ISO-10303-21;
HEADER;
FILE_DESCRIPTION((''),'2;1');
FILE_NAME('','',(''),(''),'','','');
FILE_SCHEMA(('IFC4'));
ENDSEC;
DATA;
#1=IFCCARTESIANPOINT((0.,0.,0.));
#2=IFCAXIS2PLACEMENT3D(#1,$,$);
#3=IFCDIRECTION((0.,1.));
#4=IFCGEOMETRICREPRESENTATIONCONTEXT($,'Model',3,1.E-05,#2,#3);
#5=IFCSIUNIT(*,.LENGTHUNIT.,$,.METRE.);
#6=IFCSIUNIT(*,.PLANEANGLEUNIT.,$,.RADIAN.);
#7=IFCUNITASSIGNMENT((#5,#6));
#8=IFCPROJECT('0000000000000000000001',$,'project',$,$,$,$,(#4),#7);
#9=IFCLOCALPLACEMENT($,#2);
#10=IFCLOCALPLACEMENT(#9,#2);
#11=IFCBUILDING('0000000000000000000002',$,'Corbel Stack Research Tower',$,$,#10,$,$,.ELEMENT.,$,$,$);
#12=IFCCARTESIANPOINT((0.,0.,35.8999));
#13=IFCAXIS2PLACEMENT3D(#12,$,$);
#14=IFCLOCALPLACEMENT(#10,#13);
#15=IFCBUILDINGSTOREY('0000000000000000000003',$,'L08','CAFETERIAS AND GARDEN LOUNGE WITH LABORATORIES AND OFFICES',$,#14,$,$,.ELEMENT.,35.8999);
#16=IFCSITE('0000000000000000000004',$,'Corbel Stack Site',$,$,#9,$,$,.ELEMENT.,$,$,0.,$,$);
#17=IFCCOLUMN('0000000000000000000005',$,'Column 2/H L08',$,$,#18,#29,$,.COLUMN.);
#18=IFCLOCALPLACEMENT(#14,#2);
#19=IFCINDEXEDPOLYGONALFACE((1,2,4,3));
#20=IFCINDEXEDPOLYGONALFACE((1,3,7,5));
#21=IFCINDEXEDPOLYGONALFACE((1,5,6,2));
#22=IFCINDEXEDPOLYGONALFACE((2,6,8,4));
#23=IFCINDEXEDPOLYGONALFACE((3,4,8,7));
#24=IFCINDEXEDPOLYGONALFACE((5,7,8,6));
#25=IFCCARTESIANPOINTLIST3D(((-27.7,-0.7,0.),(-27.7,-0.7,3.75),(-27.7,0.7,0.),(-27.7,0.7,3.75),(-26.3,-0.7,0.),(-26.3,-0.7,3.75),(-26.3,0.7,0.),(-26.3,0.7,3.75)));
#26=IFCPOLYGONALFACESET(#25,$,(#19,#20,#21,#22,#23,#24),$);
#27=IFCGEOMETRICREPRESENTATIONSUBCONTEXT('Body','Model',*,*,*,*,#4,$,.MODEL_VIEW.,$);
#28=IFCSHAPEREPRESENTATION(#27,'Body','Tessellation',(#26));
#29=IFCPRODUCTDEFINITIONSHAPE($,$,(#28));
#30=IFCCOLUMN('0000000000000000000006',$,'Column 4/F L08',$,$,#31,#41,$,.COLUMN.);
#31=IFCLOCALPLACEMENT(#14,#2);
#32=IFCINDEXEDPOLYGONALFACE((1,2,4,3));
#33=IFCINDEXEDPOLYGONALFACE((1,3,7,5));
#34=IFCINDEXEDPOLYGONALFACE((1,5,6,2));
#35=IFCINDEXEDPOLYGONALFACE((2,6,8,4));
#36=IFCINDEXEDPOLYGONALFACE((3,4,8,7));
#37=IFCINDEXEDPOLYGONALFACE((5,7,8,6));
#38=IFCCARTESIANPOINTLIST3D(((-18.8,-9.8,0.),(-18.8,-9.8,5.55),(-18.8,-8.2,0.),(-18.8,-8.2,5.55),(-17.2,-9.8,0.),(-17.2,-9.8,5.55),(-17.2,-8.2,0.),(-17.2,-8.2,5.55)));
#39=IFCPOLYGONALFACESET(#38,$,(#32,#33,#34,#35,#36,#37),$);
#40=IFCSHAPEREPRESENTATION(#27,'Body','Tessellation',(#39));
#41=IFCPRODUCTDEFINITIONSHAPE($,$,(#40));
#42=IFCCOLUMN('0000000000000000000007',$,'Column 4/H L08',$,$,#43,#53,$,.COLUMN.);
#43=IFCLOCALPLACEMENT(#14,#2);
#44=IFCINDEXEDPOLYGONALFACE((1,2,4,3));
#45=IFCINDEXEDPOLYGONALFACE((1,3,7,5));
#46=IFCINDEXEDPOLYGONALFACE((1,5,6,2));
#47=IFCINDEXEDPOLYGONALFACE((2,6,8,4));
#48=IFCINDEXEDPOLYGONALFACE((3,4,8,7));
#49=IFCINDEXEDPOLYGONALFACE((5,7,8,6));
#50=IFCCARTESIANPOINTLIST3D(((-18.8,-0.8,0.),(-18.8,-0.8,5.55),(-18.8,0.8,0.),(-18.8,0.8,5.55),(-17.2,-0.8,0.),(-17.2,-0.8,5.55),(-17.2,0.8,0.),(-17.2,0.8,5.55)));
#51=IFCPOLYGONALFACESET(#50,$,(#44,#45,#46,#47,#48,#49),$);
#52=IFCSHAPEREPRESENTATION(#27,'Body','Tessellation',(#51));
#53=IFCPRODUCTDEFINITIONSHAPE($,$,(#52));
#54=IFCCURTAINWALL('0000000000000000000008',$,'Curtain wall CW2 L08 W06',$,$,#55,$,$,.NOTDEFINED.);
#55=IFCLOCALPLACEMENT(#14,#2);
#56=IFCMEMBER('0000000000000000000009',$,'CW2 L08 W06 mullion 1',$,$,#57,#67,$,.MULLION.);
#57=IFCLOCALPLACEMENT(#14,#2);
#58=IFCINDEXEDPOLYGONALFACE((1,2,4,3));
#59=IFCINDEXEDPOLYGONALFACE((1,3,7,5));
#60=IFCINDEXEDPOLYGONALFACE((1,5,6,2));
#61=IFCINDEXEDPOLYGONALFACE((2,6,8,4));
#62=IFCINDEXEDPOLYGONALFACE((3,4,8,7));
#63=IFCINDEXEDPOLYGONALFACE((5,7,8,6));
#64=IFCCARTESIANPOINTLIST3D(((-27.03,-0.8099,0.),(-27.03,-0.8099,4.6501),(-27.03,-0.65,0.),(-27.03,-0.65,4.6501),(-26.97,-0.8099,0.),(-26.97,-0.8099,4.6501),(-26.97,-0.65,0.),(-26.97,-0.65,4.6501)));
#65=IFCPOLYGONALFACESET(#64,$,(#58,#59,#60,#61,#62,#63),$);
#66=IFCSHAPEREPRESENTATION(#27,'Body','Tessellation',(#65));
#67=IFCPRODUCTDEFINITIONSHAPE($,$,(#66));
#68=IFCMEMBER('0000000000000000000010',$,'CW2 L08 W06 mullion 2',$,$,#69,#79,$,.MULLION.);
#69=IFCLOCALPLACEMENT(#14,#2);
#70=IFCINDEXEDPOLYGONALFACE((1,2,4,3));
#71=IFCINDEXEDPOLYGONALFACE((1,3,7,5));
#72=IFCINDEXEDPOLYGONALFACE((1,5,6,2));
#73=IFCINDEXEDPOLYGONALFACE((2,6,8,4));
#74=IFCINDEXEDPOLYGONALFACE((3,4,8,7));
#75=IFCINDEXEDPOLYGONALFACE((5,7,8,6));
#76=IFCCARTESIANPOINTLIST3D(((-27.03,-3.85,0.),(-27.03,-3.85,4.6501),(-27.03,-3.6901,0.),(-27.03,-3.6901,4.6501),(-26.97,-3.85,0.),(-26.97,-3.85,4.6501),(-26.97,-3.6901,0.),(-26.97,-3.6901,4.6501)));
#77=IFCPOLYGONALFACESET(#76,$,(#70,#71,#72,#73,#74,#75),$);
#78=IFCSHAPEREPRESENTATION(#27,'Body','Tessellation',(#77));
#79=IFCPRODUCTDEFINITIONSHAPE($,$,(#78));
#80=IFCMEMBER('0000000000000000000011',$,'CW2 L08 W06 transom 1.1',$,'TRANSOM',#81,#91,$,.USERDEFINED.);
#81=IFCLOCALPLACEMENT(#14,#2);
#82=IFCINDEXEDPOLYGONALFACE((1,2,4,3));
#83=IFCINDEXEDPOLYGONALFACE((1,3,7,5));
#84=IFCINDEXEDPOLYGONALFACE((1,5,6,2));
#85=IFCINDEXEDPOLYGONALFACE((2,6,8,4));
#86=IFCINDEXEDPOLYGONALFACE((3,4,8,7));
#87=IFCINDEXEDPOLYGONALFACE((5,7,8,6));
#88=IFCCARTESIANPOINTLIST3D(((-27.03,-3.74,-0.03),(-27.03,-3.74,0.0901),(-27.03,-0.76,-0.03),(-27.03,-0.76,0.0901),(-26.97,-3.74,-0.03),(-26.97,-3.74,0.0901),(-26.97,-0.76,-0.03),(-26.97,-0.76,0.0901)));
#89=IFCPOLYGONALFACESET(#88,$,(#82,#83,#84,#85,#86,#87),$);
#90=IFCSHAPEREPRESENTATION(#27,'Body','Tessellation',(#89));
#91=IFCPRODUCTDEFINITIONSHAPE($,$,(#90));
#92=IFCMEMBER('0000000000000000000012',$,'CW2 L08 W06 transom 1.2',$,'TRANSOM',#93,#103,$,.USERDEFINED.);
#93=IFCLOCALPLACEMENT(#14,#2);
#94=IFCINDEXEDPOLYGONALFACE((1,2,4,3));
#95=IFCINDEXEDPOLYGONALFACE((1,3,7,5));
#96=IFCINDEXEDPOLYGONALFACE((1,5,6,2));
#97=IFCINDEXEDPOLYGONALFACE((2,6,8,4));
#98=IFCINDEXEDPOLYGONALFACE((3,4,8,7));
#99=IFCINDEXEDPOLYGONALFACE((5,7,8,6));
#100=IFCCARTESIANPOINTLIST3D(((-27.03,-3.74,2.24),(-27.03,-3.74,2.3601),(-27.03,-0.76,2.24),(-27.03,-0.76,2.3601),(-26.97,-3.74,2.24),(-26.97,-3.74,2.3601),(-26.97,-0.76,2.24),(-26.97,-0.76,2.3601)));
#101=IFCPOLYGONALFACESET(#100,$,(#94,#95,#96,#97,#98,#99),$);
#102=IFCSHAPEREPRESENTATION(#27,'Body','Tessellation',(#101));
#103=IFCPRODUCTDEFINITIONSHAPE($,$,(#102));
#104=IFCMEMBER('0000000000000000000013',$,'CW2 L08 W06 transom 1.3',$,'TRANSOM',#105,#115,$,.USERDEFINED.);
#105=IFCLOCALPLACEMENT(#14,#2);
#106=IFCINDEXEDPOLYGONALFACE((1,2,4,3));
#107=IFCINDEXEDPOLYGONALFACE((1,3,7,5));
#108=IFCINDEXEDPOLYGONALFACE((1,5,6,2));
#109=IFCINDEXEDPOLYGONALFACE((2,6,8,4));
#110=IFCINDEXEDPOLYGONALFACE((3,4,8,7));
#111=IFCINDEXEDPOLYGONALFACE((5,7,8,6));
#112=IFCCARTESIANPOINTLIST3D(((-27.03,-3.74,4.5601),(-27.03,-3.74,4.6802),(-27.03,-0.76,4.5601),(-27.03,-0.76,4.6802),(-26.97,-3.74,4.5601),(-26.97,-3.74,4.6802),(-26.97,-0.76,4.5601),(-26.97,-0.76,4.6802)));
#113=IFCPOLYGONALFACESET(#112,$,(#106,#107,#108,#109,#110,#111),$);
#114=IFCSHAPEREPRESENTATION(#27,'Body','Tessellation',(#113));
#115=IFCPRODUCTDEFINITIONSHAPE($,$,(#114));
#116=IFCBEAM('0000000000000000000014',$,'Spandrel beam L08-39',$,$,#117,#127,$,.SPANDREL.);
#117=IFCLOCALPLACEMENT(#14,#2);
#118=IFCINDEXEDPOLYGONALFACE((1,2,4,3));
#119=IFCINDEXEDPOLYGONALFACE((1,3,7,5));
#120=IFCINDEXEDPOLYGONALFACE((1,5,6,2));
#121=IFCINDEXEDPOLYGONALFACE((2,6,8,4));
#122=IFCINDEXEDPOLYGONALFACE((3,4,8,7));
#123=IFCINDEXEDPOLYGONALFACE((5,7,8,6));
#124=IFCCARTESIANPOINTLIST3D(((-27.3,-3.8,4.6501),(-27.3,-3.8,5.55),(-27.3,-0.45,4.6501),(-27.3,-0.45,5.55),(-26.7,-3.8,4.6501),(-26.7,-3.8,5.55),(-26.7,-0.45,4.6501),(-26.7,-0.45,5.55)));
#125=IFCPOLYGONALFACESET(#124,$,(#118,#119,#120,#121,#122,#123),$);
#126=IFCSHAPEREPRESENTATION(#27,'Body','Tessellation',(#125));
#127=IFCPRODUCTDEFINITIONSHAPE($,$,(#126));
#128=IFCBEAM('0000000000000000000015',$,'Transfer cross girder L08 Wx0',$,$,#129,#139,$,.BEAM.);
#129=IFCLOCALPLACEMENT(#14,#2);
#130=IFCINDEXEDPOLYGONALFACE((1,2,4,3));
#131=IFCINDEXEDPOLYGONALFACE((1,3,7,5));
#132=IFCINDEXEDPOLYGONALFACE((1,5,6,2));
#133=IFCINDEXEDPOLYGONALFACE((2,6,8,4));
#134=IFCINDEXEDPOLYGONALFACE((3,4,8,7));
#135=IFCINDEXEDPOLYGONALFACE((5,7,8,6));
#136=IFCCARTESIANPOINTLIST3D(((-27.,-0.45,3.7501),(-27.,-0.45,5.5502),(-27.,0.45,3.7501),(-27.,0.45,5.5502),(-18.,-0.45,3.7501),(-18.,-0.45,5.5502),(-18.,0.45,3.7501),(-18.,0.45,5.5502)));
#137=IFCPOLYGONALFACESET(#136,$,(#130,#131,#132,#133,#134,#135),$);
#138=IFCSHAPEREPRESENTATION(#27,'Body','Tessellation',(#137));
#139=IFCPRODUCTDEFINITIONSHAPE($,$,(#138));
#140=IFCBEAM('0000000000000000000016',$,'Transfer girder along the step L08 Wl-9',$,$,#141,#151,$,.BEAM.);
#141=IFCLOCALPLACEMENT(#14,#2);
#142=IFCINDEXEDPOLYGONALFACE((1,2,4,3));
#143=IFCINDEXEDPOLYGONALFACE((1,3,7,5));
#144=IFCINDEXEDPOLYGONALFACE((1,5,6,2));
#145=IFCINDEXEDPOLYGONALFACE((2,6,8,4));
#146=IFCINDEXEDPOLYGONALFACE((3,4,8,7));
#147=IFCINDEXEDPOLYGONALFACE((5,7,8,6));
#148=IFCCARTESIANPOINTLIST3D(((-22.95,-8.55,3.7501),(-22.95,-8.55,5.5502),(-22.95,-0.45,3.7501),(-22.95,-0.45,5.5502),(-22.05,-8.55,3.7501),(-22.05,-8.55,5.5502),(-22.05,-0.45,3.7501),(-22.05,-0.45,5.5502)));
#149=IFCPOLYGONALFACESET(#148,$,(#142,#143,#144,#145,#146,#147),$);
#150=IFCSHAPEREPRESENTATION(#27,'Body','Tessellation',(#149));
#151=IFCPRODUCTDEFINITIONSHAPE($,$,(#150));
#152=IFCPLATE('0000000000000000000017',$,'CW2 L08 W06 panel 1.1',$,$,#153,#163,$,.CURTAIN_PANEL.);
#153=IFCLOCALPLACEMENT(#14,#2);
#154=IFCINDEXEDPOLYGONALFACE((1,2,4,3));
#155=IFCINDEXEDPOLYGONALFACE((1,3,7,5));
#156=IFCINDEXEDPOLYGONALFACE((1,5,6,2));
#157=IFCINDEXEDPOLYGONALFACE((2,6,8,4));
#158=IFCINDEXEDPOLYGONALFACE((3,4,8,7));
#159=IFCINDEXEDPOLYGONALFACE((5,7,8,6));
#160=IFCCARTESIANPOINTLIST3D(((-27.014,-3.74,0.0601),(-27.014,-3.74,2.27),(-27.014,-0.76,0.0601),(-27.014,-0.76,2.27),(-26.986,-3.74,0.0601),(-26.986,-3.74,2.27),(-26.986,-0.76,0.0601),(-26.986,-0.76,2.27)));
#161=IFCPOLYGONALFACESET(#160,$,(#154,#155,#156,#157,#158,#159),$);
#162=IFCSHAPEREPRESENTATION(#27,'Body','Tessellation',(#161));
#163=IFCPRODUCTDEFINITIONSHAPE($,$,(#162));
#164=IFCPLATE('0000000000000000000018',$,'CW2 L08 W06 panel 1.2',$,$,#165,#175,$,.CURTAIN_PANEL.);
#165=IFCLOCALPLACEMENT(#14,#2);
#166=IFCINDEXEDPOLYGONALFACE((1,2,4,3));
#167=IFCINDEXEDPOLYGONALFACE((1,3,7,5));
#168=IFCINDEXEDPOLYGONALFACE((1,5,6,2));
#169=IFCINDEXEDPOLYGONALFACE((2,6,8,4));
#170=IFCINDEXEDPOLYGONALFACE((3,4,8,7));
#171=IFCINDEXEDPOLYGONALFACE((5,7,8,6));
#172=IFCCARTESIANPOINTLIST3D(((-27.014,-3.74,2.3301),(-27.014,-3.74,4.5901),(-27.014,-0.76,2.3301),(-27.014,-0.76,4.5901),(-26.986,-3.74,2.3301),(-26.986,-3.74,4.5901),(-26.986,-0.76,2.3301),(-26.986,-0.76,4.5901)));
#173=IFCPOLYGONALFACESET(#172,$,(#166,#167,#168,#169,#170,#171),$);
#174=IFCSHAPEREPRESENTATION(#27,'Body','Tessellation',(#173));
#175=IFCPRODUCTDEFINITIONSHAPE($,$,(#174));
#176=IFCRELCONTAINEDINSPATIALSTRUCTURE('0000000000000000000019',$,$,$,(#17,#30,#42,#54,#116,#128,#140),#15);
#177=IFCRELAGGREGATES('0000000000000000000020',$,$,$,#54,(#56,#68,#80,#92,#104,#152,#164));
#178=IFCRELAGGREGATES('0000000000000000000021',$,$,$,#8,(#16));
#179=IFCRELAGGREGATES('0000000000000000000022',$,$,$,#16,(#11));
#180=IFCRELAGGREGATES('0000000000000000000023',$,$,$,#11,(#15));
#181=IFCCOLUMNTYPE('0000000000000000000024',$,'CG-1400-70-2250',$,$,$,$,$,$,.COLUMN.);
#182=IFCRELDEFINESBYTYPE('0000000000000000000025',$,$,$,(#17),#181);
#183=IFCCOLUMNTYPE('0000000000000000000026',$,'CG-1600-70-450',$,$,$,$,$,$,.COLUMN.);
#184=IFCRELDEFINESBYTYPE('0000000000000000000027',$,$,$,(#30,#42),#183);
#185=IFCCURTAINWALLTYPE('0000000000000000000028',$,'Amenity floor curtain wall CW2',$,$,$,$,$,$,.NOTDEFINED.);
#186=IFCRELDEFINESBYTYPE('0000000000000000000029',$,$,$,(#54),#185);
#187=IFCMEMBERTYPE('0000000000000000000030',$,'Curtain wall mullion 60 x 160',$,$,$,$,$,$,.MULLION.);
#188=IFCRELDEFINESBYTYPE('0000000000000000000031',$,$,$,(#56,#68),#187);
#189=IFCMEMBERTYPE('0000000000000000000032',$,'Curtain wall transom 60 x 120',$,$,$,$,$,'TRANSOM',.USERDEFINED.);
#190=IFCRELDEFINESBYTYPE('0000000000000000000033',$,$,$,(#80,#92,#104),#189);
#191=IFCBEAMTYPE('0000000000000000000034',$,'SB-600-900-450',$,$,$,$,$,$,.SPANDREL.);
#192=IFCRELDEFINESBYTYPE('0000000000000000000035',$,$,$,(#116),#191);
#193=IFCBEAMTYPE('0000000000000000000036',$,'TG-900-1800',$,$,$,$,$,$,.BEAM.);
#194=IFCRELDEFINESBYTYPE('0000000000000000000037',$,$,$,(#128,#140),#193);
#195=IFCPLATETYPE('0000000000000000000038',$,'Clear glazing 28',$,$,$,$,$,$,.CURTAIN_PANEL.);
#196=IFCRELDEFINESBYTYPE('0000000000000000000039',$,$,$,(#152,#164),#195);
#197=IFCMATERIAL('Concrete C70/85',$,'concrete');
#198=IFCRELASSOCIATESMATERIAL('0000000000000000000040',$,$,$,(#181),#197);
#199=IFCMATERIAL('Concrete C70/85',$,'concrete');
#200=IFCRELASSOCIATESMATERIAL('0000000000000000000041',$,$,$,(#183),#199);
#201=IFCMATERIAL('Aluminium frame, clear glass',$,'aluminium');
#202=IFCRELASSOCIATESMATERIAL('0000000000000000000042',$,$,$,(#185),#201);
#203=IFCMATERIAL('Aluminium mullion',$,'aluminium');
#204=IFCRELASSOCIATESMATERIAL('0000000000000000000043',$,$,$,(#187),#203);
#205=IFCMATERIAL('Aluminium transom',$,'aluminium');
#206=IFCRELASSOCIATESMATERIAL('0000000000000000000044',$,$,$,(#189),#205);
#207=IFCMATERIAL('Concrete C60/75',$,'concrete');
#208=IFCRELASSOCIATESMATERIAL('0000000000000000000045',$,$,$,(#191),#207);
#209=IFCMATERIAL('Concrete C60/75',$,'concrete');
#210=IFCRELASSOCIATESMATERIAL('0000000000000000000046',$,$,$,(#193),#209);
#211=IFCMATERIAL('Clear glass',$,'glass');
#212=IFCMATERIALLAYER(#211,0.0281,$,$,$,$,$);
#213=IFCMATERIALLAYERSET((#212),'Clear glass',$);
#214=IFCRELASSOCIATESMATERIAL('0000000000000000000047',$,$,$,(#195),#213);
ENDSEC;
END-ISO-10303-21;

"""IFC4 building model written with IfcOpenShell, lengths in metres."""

from ifc_helpers import new_model, si_unit, direction, frame, origin, origin_2d, place, context, subcontext, project, spatial, rectangle, extrude, material, layer, layer_set, material_profile, profile_set, type_object, element, aggregate, save


model = new_model("IFC4")

# Units and contexts
model_context = context("Model", 3, precision=1e-05, world=origin(), true_north=direction((0.0, 1.0)))
body_context = subcontext(model_context, "Body", "Model", "MODEL_VIEW")
ifc_project = project(units=[si_unit("LENGTHUNIT", "METRE"), si_unit("PLANEANGLEUNIT", "RADIAN")], contexts=[model_context])

# Site, building, storey
site_placement = place(None, origin())
site = spatial("IfcSite", under=ifc_project, at=site_placement, Name="Corbel Stack Site", CompositionType="ELEMENT", RefElevation=0.0)
building_placement = place(site_placement, origin())
building = spatial("IfcBuilding", under=site, at=building_placement, Name="Corbel Stack Research Tower", CompositionType="ELEMENT")
storey_placement = place(building_placement, frame((0.0, 0.0, 35.8999)))
storey = spatial("IfcBuildingStorey", under=building, at=storey_placement, Name="L08", Description="CAFETERIAS AND GARDEN LOUNGE WITH LABORATORIES AND OFFICES", CompositionType="ELEMENT", Elevation=35.8999)

# Columns
ifc_material_1 = material(Name="Concrete C70/85", Category="concrete")
ifc_material_profile_1 = material_profile(ifc_material_1, rectangle(XDim=1.3999, YDim=1.3999, at=origin_2d()), Name="RC 1400 x 1400")
ifc_profile_set_1 = profile_set([ifc_material_profile_1], Name="Concrete C70/85")
column_type_1 = type_object("IfcColumnType", Name="CG-1400-70-2250", PredefinedType="COLUMN", material=ifc_profile_set_1)
column_placement = place(storey_placement, frame((-27.0, 0.0, 0.0), z_axis=(0.0, 0.0, 1.0), x_axis=(1.0, 0.0, 0.0)))
element("IfcColumn", 1, at=column_placement, inside=storey, type_object=column_type_1, Name="Column 2/H L08", PredefinedType="COLUMN", context=body_context, shape_type="SweptSolid", body=[
    extrude(rectangle(XDim=1.3999, YDim=1.3999, at=origin_2d()), origin(), (0.0, 0.0, 1.0), 3.75),
])
ifc_material_2 = material(Name="Concrete C70/85", Category="concrete")
ifc_material_profile_2 = material_profile(ifc_material_2, rectangle(XDim=1.6001, YDim=1.6001, at=origin_2d()), Name="RC 1600 x 1600")
ifc_profile_set_2 = profile_set([ifc_material_profile_2], Name="Concrete C70/85")
column_type_2 = type_object("IfcColumnType", Name="CG-1600-70-450", PredefinedType="COLUMN", material=ifc_profile_set_2)
for number, where, z_axis, x_axis, name in (
    (2, (-18.0, -9.0, 0.0), (0.0, 0.0, 1.0), (1.0, 0.0, 0.0), "Column 4/F L08"),
    (3, (-18.0, 0.0, 0.0), (0.0, 0.0, 1.0), (1.0, 0.0, 0.0), "Column 4/H L08"),
):
    element("IfcColumn", number, at=place(storey_placement, frame(where, z_axis=z_axis, x_axis=x_axis)), inside=storey, type_object=column_type_2, Name=name, PredefinedType="COLUMN", context=body_context, shape_type="SweptSolid", body=[
        extrude(rectangle(XDim=1.6001, YDim=1.6001, at=origin_2d()), origin(), (0.0, 0.0, 1.0), 5.55),
    ])

# Curtain wall, members
ifc_material_3 = material(Name="Aluminium frame, clear glass", Category="aluminium")
curtain_wall_type = type_object("IfcCurtainWallType", Name="Amenity floor curtain wall CW2", PredefinedType="NOTDEFINED", material=ifc_material_3)
curtain_wall_placement = place(storey_placement, origin())
curtain_wall = element("IfcCurtainWall", 4, at=curtain_wall_placement, inside=storey, type_object=curtain_wall_type, Name="Curtain wall CW2 L08 W06", PredefinedType="NOTDEFINED")
ifc_material_4 = material(Name="Aluminium mullion", Category="aluminium")
ifc_material_profile_3 = material_profile(ifc_material_4, rectangle(XDim=0.0601, YDim=0.1599, at=origin_2d()), Name="Mullion 60 x 160")
ifc_profile_set_3 = profile_set([ifc_material_profile_3], Name="Aluminium mullion")
member_type_1 = type_object("IfcMemberType", Name="Curtain wall mullion 60 x 160", PredefinedType="MULLION", material=ifc_profile_set_3)
member_1_placement = place(storey_placement, frame((-27.0, -0.73, 0.0), z_axis=(0.0, 0.0, 1.0), x_axis=(1.0, 0.0, 0.0)))
member_1 = element("IfcMember", 5, at=member_1_placement, type_object=member_type_1, Name="CW2 L08 W06 mullion 1", PredefinedType="MULLION", context=body_context, shape_type="SweptSolid", body=[
    extrude(rectangle(XDim=0.0601, YDim=0.1599, at=origin_2d()), origin(), (0.0, 0.0, 1.0), 4.6501),
])
member_2_placement = place(storey_placement, frame((-27.0, -3.77, 0.0), z_axis=(0.0, 0.0, 1.0), x_axis=(1.0, 0.0, 0.0)))
member_2 = element("IfcMember", 6, at=member_2_placement, type_object=member_type_1, Name="CW2 L08 W06 mullion 2", PredefinedType="MULLION", context=body_context, shape_type="SweptSolid", body=[
    extrude(rectangle(XDim=0.0601, YDim=0.1599, at=origin_2d()), origin(), (0.0, 0.0, 1.0), 4.6501),
])
ifc_material_5 = material(Name="Aluminium transom", Category="aluminium")
ifc_material_profile_4 = material_profile(ifc_material_5, rectangle(XDim=0.0601, YDim=0.1201, at=origin_2d()), Name="Transom 60 x 120")
ifc_profile_set_4 = profile_set([ifc_material_profile_4], Name="Aluminium transom")
member_type_2 = type_object("IfcMemberType", Name="Curtain wall transom 60 x 120", ElementType="TRANSOM", PredefinedType="USERDEFINED", material=ifc_profile_set_4)
member_3_placement = place(storey_placement, frame((-27.0, -0.76, 0.03), z_axis=(0.0, -1.0, 0.0), x_axis=(1.0, 0.0, 0.0)))
member_3 = element("IfcMember", 7, at=member_3_placement, type_object=member_type_2, Name="CW2 L08 W06 transom 1.1", ObjectType="TRANSOM", PredefinedType="USERDEFINED", context=body_context, shape_type="SweptSolid", body=[
    extrude(rectangle(XDim=0.0601, YDim=0.1201, at=origin_2d()), origin(), (0.0, 0.0, 1.0), 2.98),
])
member_4_placement = place(storey_placement, frame((-27.0, -0.76, 2.3), z_axis=(0.0, -1.0, 0.0), x_axis=(1.0, 0.0, 0.0)))
member_4 = element("IfcMember", 8, at=member_4_placement, type_object=member_type_2, Name="CW2 L08 W06 transom 1.2", ObjectType="TRANSOM", PredefinedType="USERDEFINED", context=body_context, shape_type="SweptSolid", body=[
    extrude(rectangle(XDim=0.0601, YDim=0.1201, at=origin_2d()), origin(), (0.0, 0.0, 1.0), 2.98),
])
member_5_placement = place(storey_placement, frame((-27.0, -0.76, 4.6201), z_axis=(0.0, -1.0, 0.0), x_axis=(1.0, 0.0, 0.0)))
member_5 = element("IfcMember", 9, at=member_5_placement, type_object=member_type_2, Name="CW2 L08 W06 transom 1.3", ObjectType="TRANSOM", PredefinedType="USERDEFINED", context=body_context, shape_type="SweptSolid", body=[
    extrude(rectangle(XDim=0.0601, YDim=0.1201, at=origin_2d()), origin(), (0.0, 0.0, 1.0), 2.98),
])

# Beams
ifc_material_6 = material(Name="Concrete C60/75", Category="concrete")
ifc_material_profile_5 = material_profile(ifc_material_6, rectangle(XDim=0.6001, YDim=0.8999, at=origin_2d()), Name="RC 600 x 900")
ifc_profile_set_5 = profile_set([ifc_material_profile_5], Name="Concrete C60/75")
beam_type_1 = type_object("IfcBeamType", Name="SB-600-900-450", PredefinedType="SPANDREL", material=ifc_profile_set_5)
beam_1_placement = place(storey_placement, frame((-27.0, -0.45, 5.1001), z_axis=(0.0, -1.0, 0.0), x_axis=(1.0, 0.0, 0.0)))
element("IfcBeam", 10, at=beam_1_placement, inside=storey, type_object=beam_type_1, Name="Spandrel beam L08-39", PredefinedType="SPANDREL", context=body_context, shape_type="SweptSolid", body=[
    extrude(rectangle(XDim=0.6001, YDim=0.8999, at=origin_2d()), origin(), (0.0, 0.0, 1.0), 3.3501),
])
ifc_material_7 = material(Name="Concrete C60/75", Category="concrete")
ifc_material_profile_6 = material_profile(ifc_material_7, rectangle(XDim=0.8999, YDim=1.8, at=origin_2d()), Name="RC 900 x 1800")
ifc_profile_set_6 = profile_set([ifc_material_profile_6], Name="Concrete C60/75")
beam_type_2 = type_object("IfcBeamType", Name="TG-900-1800", PredefinedType="BEAM", material=ifc_profile_set_6)
beam_2_placement = place(storey_placement, frame((-27.0, 0.0, 4.6501), z_axis=(1.0, 0.0, 0.0), x_axis=(0.0, 1.0, 0.0)))
element("IfcBeam", 11, at=beam_2_placement, inside=storey, type_object=beam_type_2, Name="Transfer cross girder L08 Wx0", PredefinedType="BEAM", context=body_context, shape_type="SweptSolid", body=[
    extrude(rectangle(XDim=0.8999, YDim=1.8, at=origin_2d()), origin(), (0.0, 0.0, 1.0), 9.0),
])
beam_3_placement = place(storey_placement, frame((-22.5, -8.55, 4.6501), z_axis=(0.0, 1.0, 0.0), x_axis=(-1.0, 0.0, 0.0)))
element("IfcBeam", 12, at=beam_3_placement, inside=storey, type_object=beam_type_2, Name="Transfer girder along the step L08 Wl-9", PredefinedType="BEAM", context=body_context, shape_type="SweptSolid", body=[
    extrude(rectangle(XDim=0.8999, YDim=1.8, at=origin_2d()), origin(), (0.0, 0.0, 1.0), 8.1001),
])

# Plates
ifc_material_8 = material(Name="Clear glass", Category="glass")
ifc_layer_1 = layer(ifc_material_8, 0.0281)
ifc_layer_set_1 = layer_set([ifc_layer_1], Name="Clear glass")
plate_type = type_object("IfcPlateType", Name="Clear glazing 28", PredefinedType="CURTAIN_PANEL", material=ifc_layer_set_1)
plate_1_placement = place(storey_placement, frame((-27.0, -2.25, 0.0601), z_axis=(0.0, 0.0, 1.0), x_axis=(0.0, -1.0, 0.0)))
plate_1 = element("IfcPlate", 13, at=plate_1_placement, type_object=plate_type, Name="CW2 L08 W06 panel 1.1", PredefinedType="CURTAIN_PANEL", context=body_context, shape_type="SweptSolid", body=[
    extrude(rectangle(XDim=2.98, YDim=0.0281, at=origin_2d()), origin(), (0.0, 0.0, 1.0), 2.21),
])
plate_2_placement = place(storey_placement, frame((-27.0, -2.25, 2.3301), z_axis=(0.0, 0.0, 1.0), x_axis=(0.0, -1.0, 0.0)))
plate_2 = element("IfcPlate", 14, at=plate_2_placement, type_object=plate_type, Name="CW2 L08 W06 panel 1.2", PredefinedType="CURTAIN_PANEL", context=body_context, shape_type="SweptSolid", body=[
    extrude(rectangle(XDim=2.98, YDim=0.0281, at=origin_2d()), origin(), (0.0, 0.0, 1.0), 2.26),
])
aggregate(curtain_wall, [member_1, member_2, member_3, member_4, member_5, plate_1, plate_2])

save(model, "model.ifc")
